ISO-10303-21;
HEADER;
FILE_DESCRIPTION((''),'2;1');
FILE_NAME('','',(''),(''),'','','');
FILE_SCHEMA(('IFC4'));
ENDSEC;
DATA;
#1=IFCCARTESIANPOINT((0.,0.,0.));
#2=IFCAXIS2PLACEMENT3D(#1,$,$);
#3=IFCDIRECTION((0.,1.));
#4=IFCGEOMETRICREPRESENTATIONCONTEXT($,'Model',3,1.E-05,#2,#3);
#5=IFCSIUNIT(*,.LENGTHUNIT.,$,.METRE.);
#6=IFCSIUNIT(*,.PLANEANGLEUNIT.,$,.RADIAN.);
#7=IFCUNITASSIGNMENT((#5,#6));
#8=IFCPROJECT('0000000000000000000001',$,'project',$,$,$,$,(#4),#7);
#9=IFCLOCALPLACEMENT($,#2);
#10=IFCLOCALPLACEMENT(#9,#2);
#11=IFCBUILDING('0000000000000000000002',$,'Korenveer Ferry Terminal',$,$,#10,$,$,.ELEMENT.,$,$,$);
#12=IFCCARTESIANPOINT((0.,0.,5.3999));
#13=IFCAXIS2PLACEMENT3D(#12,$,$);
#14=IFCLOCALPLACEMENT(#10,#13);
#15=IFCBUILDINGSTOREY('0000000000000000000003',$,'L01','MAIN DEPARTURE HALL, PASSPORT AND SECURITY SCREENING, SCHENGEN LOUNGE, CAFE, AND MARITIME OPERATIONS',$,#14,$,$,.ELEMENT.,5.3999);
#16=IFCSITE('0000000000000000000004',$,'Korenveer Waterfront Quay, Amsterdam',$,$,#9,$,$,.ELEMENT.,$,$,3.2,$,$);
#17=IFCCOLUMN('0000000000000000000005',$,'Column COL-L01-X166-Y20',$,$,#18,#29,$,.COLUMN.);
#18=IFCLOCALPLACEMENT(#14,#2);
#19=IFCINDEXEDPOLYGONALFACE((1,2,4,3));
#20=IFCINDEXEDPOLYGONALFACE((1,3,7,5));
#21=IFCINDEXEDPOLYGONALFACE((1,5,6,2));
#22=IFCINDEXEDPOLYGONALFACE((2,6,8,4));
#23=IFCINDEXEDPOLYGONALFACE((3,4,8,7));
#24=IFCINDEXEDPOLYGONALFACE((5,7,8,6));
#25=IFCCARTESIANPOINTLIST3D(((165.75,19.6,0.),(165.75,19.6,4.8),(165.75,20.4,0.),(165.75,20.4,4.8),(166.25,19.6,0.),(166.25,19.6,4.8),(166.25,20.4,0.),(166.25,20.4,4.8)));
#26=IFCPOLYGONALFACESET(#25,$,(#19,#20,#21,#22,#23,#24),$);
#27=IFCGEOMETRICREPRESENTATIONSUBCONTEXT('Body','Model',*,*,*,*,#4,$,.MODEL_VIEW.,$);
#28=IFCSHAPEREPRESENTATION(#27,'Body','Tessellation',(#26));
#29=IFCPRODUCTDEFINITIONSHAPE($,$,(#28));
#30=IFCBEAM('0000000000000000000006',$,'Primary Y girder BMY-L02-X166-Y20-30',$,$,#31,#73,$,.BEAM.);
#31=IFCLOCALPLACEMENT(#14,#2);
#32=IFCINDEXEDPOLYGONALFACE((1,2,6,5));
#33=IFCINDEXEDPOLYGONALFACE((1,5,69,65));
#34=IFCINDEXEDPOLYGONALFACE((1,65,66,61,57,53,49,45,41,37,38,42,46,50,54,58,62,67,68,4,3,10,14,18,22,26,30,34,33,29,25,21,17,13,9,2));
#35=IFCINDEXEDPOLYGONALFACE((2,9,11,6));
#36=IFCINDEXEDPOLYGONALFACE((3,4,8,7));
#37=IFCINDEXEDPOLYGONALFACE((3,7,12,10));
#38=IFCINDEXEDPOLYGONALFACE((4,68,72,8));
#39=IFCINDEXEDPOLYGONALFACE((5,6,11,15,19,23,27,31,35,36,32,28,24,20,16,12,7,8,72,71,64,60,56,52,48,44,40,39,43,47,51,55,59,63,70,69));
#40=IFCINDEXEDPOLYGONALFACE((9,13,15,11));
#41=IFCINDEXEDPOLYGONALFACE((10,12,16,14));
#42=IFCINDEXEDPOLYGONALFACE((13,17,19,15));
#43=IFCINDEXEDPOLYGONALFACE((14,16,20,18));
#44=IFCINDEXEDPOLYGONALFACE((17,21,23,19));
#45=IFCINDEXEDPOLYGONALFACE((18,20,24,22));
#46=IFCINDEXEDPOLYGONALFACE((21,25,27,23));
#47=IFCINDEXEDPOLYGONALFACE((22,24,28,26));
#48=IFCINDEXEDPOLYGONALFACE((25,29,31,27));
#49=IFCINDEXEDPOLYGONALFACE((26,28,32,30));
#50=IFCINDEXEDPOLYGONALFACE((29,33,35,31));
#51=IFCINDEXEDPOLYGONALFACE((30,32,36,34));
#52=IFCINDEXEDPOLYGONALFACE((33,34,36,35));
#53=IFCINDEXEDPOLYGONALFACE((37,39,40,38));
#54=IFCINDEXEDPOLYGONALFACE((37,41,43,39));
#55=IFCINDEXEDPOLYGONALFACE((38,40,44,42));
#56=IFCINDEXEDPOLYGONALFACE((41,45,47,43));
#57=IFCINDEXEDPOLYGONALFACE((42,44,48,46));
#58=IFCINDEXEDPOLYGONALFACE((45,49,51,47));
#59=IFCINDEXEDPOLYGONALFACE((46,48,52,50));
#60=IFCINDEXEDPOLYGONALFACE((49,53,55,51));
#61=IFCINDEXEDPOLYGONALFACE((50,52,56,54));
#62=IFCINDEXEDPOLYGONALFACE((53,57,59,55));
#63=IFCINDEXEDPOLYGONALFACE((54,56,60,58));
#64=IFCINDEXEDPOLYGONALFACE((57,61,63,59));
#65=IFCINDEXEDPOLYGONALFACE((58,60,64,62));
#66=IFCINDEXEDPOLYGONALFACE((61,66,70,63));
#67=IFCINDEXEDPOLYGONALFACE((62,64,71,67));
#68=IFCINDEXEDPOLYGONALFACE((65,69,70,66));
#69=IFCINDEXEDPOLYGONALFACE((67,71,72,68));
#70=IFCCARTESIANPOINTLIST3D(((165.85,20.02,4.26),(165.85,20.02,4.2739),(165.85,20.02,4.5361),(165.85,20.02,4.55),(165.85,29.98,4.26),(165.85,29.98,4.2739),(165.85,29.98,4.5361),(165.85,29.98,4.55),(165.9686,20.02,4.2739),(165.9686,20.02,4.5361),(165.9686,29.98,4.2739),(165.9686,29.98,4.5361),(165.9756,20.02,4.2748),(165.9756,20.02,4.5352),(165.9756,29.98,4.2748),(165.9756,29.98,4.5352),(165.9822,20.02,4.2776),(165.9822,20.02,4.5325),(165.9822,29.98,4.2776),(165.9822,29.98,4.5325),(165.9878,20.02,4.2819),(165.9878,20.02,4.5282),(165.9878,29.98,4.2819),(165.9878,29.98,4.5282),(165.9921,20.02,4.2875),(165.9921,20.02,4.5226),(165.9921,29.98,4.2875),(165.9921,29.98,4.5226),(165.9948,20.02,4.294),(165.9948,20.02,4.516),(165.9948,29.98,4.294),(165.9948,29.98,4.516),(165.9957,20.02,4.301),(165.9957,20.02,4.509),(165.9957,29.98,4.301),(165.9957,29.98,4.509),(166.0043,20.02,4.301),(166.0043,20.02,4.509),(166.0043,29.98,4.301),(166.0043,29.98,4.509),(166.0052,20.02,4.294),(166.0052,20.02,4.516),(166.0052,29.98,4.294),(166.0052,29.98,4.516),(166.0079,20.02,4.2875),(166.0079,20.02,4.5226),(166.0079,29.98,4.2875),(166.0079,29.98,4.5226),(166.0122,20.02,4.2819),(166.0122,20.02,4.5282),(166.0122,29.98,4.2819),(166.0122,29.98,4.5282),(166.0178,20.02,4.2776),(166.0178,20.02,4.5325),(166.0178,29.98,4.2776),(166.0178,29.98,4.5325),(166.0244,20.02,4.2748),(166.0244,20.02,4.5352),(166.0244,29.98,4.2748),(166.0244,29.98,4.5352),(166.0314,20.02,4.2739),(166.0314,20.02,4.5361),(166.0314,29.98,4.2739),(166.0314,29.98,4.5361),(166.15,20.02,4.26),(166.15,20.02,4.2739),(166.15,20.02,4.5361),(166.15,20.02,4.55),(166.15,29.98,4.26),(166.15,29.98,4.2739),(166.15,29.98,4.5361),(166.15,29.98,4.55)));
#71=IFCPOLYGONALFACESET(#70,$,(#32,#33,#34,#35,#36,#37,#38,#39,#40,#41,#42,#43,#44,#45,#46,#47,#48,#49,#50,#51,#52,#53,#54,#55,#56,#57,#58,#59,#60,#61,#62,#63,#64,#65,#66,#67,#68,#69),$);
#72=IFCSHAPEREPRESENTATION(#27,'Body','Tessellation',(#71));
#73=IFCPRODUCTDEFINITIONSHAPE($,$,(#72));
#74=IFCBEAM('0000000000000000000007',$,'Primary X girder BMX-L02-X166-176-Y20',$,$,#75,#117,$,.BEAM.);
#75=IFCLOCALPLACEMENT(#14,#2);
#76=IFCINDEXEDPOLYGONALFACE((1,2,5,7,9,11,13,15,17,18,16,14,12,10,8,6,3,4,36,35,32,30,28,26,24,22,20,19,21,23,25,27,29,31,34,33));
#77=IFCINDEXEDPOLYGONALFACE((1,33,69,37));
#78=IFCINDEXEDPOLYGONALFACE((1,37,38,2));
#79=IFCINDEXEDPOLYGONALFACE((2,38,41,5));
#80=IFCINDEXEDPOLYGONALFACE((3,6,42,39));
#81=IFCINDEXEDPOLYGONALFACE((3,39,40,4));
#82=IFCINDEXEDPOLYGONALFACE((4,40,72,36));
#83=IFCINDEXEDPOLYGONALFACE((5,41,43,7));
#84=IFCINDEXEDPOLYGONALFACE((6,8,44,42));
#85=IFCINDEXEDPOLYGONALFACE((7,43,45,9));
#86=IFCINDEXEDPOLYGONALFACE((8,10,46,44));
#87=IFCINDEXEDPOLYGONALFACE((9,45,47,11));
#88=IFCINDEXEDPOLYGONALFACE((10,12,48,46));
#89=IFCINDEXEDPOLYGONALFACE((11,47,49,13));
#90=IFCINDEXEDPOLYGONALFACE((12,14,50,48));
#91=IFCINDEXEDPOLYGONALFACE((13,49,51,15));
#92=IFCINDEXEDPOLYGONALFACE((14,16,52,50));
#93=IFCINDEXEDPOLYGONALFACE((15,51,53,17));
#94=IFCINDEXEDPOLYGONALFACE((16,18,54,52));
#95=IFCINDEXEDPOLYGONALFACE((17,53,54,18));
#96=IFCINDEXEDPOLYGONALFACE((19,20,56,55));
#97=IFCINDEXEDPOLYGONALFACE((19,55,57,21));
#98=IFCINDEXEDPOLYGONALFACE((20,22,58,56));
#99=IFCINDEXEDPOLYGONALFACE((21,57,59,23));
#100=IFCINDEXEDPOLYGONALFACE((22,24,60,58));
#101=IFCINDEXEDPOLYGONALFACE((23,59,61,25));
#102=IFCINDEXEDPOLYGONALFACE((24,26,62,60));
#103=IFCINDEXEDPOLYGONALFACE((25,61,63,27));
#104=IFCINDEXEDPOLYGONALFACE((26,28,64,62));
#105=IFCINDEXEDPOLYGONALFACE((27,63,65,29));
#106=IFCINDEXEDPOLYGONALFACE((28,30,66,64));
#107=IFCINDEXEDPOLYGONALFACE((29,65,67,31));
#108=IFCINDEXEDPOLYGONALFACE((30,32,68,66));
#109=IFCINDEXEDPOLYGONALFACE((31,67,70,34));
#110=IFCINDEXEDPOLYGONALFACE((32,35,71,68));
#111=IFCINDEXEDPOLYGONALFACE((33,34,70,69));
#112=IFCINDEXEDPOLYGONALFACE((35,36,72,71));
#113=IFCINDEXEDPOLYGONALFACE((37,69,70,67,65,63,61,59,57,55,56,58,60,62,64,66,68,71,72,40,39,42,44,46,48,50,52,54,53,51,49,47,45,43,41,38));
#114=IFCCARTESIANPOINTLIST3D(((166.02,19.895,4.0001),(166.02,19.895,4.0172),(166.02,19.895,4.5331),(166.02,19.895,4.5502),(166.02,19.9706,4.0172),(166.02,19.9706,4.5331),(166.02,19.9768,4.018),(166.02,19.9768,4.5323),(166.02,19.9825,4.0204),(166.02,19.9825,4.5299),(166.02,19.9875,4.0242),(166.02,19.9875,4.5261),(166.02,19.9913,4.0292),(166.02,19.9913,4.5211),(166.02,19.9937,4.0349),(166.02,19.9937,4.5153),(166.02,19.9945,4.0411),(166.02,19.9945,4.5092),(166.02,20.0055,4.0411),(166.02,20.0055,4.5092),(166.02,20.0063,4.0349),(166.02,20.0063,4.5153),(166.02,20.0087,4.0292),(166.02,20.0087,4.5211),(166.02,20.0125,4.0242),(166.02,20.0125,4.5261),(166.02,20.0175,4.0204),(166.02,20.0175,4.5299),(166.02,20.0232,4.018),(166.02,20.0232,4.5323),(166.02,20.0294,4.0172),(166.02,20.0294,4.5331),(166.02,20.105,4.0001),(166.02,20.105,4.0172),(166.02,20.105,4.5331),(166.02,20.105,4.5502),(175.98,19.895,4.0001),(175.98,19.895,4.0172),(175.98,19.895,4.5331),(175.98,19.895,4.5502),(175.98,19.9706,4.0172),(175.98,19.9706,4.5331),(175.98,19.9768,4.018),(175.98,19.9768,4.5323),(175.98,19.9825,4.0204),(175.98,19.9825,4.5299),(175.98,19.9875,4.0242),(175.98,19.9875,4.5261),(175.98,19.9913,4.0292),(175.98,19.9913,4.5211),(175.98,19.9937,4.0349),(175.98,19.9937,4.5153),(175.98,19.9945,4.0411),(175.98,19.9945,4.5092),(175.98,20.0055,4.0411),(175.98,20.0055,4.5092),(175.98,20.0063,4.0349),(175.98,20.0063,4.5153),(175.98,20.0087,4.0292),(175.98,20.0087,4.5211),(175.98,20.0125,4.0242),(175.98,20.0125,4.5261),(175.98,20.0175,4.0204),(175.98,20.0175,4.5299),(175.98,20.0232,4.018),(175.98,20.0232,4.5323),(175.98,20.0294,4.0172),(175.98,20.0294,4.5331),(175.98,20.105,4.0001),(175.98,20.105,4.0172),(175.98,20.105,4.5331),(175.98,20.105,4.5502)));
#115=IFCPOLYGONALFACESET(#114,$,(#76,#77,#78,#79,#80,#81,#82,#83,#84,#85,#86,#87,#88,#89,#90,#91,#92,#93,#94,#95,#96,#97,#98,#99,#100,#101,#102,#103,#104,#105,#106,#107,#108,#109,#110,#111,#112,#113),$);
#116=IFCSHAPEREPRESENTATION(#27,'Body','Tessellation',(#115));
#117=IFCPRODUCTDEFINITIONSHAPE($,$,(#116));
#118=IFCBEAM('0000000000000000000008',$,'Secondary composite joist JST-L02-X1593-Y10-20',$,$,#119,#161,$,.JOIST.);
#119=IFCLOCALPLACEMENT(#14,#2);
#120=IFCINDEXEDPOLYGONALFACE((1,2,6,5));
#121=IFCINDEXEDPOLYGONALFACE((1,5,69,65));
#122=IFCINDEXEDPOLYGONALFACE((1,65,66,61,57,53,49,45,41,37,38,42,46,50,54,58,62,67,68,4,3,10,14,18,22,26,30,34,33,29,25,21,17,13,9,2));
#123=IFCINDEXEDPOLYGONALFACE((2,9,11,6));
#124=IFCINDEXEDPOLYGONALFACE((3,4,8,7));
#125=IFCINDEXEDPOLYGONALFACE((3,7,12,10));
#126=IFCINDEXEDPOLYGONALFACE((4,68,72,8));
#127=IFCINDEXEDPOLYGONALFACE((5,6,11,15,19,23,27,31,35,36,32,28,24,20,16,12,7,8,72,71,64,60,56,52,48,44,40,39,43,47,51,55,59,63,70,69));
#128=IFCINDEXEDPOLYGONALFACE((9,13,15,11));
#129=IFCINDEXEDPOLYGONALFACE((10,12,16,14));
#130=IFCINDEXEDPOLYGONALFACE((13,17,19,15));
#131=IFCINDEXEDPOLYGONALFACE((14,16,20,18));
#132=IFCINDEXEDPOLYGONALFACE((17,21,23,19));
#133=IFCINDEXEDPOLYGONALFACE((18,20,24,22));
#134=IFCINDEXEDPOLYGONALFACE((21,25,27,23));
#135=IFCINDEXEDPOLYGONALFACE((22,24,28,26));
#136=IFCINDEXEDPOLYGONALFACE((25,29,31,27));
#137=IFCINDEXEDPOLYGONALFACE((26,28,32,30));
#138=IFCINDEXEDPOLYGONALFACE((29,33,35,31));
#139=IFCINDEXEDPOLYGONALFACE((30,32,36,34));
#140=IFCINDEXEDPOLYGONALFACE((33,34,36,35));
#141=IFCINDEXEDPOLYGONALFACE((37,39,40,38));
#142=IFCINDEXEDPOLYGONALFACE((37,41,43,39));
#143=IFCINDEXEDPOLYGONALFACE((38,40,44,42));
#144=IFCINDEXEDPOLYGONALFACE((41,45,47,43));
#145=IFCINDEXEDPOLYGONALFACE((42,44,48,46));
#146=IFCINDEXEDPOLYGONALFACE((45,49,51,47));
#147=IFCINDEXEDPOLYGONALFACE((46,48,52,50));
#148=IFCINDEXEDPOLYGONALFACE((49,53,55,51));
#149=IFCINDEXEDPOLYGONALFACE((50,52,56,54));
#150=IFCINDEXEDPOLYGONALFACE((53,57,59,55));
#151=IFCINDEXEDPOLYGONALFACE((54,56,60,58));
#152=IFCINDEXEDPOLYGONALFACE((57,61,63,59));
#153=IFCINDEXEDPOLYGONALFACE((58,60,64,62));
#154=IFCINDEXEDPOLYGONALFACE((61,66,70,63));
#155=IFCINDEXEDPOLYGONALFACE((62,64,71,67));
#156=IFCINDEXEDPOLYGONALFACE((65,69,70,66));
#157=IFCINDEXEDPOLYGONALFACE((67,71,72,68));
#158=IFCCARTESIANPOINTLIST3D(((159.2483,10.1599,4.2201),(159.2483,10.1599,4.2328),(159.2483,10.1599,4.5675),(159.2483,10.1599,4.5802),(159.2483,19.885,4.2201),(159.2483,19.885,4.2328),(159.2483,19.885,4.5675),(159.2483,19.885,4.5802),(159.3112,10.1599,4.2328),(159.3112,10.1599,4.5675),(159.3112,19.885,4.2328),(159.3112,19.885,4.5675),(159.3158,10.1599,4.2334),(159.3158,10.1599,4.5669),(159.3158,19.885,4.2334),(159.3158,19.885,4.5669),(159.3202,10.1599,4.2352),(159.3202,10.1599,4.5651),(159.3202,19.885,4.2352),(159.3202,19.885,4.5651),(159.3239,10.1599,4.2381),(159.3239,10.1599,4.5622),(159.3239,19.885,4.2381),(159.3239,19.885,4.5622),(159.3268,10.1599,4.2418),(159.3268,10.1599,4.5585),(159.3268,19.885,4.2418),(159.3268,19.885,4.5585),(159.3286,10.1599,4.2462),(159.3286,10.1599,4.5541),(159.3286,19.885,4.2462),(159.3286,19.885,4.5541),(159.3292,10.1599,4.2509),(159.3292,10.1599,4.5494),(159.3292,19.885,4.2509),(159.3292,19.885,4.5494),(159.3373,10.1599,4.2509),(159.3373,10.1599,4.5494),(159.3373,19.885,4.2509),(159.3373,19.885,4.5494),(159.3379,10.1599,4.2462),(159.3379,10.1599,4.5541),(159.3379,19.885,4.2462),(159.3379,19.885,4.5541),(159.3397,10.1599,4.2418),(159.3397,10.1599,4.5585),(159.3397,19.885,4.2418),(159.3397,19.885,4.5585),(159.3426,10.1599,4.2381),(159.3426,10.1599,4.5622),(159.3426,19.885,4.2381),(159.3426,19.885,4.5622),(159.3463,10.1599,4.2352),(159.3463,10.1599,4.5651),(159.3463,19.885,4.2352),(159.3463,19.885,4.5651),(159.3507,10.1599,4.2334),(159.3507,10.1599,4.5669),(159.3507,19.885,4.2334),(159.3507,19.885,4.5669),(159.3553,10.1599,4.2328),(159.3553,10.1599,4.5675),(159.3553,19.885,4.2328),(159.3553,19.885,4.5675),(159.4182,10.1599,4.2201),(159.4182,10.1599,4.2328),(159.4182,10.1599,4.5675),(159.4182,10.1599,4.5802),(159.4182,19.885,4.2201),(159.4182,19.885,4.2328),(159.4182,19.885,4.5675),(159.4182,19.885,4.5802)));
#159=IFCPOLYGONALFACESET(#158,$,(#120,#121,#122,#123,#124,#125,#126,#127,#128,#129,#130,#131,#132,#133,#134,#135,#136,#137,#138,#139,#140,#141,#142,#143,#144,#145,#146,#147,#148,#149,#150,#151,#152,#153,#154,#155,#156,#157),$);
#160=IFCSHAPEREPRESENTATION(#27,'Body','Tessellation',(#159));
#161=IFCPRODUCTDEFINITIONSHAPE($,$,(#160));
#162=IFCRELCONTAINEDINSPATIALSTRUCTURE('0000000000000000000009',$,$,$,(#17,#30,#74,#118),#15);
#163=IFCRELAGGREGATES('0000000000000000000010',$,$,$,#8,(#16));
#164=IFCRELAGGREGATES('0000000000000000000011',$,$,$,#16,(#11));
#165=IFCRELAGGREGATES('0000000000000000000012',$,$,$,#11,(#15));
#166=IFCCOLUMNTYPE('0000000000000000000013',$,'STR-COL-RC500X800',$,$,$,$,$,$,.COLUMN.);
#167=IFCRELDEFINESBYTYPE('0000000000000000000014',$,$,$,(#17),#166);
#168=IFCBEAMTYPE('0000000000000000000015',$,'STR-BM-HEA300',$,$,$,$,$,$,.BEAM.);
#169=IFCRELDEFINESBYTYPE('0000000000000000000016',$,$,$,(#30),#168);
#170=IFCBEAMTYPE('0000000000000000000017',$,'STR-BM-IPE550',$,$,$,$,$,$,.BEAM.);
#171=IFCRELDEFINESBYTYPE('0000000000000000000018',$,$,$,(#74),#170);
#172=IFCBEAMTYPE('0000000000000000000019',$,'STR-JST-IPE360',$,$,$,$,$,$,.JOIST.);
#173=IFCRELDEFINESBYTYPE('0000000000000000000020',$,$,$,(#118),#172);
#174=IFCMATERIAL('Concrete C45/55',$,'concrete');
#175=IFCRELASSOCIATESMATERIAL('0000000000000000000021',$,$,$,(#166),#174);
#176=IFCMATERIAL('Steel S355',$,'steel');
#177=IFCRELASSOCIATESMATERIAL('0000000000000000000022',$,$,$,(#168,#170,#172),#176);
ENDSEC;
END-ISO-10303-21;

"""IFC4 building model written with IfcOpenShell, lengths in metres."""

from ifc_helpers import new_model, si_unit, direction, frame, origin, origin_2d, place, context, subcontext, project, spatial, rectangle, i_section, extrude, material, material_profile, profile_set, type_object, element, save


model = new_model("IFC4")

# Units and contexts
model_context = context("Model", 3, precision=1e-05, world=origin(), true_north=direction((0.0, 1.0)))
body_context = subcontext(model_context, "Body", "Model", "MODEL_VIEW")
ifc_project = project(units=[si_unit("LENGTHUNIT", "METRE"), si_unit("PLANEANGLEUNIT", "RADIAN")], contexts=[model_context])

# Site, building, storey
site_placement = place(None, origin())
site = spatial("IfcSite", under=ifc_project, at=site_placement, Name="Korenveer Waterfront Quay, Amsterdam", CompositionType="ELEMENT", RefElevation=3.2)
building_placement = place(site_placement, origin())
building = spatial("IfcBuilding", under=site, at=building_placement, Name="Korenveer Ferry Terminal", CompositionType="ELEMENT")
storey_placement = place(building_placement, frame((0.0, 0.0, 5.3999)))
storey = spatial("IfcBuildingStorey", under=building, at=storey_placement, Name="L01", Description="MAIN DEPARTURE HALL, PASSPORT AND SECURITY SCREENING, SCHENGEN LOUNGE, CAFE, AND MARITIME OPERATIONS", CompositionType="ELEMENT", Elevation=5.3999)

# Column
ifc_material_1 = material(Name="Concrete C45/55", Category="concrete")
ifc_material_profile_1 = material_profile(ifc_material_1, rectangle(XDim=0.5, YDim=0.8, at=origin_2d()), Name="RC 500x800")
ifc_profile_set_1 = profile_set([ifc_material_profile_1], Name="Concrete C45/55")
column_type = type_object("IfcColumnType", Name="STR-COL-RC500X800", PredefinedType="COLUMN", material=ifc_profile_set_1)
column_placement = place(storey_placement, frame((166.0, 20.0, 0.0), z_axis=(0.0, 0.0, 1.0), x_axis=(1.0, 0.0, 0.0)))
element("IfcColumn", 1, at=column_placement, inside=storey, type_object=column_type, Name="Column COL-L01-X166-Y20", PredefinedType="COLUMN", context=body_context, shape_type="SweptSolid", body=[
    extrude(rectangle(XDim=0.5, YDim=0.8, at=origin_2d()), origin(), (0.0, 0.0, 1.0), 4.8),
])

# Beams
ifc_material_2 = material(Name="Steel S355", Category="steel")
ifc_material_profile_2 = material_profile(ifc_material_2, i_section(OverallWidth=0.3, OverallDepth=0.29, WebThickness=0.0085, FlangeThickness=0.0139, FilletRadius=0.0271, at=origin_2d()), Name="HEA 300")
ifc_profile_set_2 = profile_set([ifc_material_profile_2], Name="Steel S355")
beam_type_1 = type_object("IfcBeamType", Name="STR-BM-HEA300", PredefinedType="BEAM", material=ifc_profile_set_2)
beam_1_placement = place(storey_placement, frame((166.0, 20.02, 4.405), z_axis=(0.0, 1.0, 0.0), x_axis=(-1.0, 0.0, 0.0)))
element("IfcBeam", 2, at=beam_1_placement, inside=storey, type_object=beam_type_1, Name="Primary Y girder BMY-L02-X166-Y20-30", PredefinedType="BEAM", context=body_context, shape_type="SweptSolid", body=[
    extrude(i_section(OverallWidth=0.3, OverallDepth=0.29, WebThickness=0.0085, FlangeThickness=0.0139, FilletRadius=0.0271, at=origin_2d()), origin(), (0.0, 0.0, 1.0), 9.96),
])
ifc_material_profile_3 = material_profile(ifc_material_2, i_section(OverallWidth=0.21, OverallDepth=0.55, WebThickness=0.011, FlangeThickness=0.0171, FilletRadius=0.0239, at=origin_2d()), Name="IPE 550")
ifc_profile_set_3 = profile_set([ifc_material_profile_3], Name="Steel S355")
beam_type_2 = type_object("IfcBeamType", Name="STR-BM-IPE550", PredefinedType="BEAM", material=ifc_profile_set_3)
beam_2_placement = place(storey_placement, frame((166.02, 20.0, 4.2751), z_axis=(1.0, 0.0, 0.0), x_axis=(0.0, 1.0, 0.0)))
element("IfcBeam", 3, at=beam_2_placement, inside=storey, type_object=beam_type_2, Name="Primary X girder BMX-L02-X166-176-Y20", PredefinedType="BEAM", context=body_context, shape_type="SweptSolid", body=[
    extrude(i_section(OverallWidth=0.21, OverallDepth=0.55, WebThickness=0.011, FlangeThickness=0.0171, FilletRadius=0.0239, at=origin_2d()), origin(), (0.0, 0.0, 1.0), 9.96),
])
ifc_material_profile_4 = material_profile(ifc_material_2, i_section(OverallWidth=0.1699, OverallDepth=0.3601, WebThickness=0.0081, FlangeThickness=0.0127, FilletRadius=0.0181, at=origin_2d()), Name="IPE 360")
ifc_profile_set_4 = profile_set([ifc_material_profile_4], Name="Steel S355")
beam_type_3 = type_object("IfcBeamType", Name="STR-JST-IPE360", PredefinedType="JOIST", material=ifc_profile_set_4)
for number, where, z_axis, x_axis, name in (
    (4, (159.3333, 10.1599, 4.4001), (0.0, 1.0, 0.0), (-1.0, 0.0, 0.0), "Secondary composite joist JST-L02-X1593-Y10-20"),
):
    element("IfcBeam", number, at=place(storey_placement, frame(where, z_axis=z_axis, x_axis=x_axis)), inside=storey, type_object=beam_type_3, Name=name, PredefinedType="JOIST", context=body_context, shape_type="SweptSolid", body=[
        extrude(i_section(OverallWidth=0.1699, OverallDepth=0.3601, WebThickness=0.0081, FlangeThickness=0.0127, FilletRadius=0.0181, at=origin_2d()), origin(), (0.0, 0.0, 1.0), 9.7251),
    ])

save(model, "model.ifc")
